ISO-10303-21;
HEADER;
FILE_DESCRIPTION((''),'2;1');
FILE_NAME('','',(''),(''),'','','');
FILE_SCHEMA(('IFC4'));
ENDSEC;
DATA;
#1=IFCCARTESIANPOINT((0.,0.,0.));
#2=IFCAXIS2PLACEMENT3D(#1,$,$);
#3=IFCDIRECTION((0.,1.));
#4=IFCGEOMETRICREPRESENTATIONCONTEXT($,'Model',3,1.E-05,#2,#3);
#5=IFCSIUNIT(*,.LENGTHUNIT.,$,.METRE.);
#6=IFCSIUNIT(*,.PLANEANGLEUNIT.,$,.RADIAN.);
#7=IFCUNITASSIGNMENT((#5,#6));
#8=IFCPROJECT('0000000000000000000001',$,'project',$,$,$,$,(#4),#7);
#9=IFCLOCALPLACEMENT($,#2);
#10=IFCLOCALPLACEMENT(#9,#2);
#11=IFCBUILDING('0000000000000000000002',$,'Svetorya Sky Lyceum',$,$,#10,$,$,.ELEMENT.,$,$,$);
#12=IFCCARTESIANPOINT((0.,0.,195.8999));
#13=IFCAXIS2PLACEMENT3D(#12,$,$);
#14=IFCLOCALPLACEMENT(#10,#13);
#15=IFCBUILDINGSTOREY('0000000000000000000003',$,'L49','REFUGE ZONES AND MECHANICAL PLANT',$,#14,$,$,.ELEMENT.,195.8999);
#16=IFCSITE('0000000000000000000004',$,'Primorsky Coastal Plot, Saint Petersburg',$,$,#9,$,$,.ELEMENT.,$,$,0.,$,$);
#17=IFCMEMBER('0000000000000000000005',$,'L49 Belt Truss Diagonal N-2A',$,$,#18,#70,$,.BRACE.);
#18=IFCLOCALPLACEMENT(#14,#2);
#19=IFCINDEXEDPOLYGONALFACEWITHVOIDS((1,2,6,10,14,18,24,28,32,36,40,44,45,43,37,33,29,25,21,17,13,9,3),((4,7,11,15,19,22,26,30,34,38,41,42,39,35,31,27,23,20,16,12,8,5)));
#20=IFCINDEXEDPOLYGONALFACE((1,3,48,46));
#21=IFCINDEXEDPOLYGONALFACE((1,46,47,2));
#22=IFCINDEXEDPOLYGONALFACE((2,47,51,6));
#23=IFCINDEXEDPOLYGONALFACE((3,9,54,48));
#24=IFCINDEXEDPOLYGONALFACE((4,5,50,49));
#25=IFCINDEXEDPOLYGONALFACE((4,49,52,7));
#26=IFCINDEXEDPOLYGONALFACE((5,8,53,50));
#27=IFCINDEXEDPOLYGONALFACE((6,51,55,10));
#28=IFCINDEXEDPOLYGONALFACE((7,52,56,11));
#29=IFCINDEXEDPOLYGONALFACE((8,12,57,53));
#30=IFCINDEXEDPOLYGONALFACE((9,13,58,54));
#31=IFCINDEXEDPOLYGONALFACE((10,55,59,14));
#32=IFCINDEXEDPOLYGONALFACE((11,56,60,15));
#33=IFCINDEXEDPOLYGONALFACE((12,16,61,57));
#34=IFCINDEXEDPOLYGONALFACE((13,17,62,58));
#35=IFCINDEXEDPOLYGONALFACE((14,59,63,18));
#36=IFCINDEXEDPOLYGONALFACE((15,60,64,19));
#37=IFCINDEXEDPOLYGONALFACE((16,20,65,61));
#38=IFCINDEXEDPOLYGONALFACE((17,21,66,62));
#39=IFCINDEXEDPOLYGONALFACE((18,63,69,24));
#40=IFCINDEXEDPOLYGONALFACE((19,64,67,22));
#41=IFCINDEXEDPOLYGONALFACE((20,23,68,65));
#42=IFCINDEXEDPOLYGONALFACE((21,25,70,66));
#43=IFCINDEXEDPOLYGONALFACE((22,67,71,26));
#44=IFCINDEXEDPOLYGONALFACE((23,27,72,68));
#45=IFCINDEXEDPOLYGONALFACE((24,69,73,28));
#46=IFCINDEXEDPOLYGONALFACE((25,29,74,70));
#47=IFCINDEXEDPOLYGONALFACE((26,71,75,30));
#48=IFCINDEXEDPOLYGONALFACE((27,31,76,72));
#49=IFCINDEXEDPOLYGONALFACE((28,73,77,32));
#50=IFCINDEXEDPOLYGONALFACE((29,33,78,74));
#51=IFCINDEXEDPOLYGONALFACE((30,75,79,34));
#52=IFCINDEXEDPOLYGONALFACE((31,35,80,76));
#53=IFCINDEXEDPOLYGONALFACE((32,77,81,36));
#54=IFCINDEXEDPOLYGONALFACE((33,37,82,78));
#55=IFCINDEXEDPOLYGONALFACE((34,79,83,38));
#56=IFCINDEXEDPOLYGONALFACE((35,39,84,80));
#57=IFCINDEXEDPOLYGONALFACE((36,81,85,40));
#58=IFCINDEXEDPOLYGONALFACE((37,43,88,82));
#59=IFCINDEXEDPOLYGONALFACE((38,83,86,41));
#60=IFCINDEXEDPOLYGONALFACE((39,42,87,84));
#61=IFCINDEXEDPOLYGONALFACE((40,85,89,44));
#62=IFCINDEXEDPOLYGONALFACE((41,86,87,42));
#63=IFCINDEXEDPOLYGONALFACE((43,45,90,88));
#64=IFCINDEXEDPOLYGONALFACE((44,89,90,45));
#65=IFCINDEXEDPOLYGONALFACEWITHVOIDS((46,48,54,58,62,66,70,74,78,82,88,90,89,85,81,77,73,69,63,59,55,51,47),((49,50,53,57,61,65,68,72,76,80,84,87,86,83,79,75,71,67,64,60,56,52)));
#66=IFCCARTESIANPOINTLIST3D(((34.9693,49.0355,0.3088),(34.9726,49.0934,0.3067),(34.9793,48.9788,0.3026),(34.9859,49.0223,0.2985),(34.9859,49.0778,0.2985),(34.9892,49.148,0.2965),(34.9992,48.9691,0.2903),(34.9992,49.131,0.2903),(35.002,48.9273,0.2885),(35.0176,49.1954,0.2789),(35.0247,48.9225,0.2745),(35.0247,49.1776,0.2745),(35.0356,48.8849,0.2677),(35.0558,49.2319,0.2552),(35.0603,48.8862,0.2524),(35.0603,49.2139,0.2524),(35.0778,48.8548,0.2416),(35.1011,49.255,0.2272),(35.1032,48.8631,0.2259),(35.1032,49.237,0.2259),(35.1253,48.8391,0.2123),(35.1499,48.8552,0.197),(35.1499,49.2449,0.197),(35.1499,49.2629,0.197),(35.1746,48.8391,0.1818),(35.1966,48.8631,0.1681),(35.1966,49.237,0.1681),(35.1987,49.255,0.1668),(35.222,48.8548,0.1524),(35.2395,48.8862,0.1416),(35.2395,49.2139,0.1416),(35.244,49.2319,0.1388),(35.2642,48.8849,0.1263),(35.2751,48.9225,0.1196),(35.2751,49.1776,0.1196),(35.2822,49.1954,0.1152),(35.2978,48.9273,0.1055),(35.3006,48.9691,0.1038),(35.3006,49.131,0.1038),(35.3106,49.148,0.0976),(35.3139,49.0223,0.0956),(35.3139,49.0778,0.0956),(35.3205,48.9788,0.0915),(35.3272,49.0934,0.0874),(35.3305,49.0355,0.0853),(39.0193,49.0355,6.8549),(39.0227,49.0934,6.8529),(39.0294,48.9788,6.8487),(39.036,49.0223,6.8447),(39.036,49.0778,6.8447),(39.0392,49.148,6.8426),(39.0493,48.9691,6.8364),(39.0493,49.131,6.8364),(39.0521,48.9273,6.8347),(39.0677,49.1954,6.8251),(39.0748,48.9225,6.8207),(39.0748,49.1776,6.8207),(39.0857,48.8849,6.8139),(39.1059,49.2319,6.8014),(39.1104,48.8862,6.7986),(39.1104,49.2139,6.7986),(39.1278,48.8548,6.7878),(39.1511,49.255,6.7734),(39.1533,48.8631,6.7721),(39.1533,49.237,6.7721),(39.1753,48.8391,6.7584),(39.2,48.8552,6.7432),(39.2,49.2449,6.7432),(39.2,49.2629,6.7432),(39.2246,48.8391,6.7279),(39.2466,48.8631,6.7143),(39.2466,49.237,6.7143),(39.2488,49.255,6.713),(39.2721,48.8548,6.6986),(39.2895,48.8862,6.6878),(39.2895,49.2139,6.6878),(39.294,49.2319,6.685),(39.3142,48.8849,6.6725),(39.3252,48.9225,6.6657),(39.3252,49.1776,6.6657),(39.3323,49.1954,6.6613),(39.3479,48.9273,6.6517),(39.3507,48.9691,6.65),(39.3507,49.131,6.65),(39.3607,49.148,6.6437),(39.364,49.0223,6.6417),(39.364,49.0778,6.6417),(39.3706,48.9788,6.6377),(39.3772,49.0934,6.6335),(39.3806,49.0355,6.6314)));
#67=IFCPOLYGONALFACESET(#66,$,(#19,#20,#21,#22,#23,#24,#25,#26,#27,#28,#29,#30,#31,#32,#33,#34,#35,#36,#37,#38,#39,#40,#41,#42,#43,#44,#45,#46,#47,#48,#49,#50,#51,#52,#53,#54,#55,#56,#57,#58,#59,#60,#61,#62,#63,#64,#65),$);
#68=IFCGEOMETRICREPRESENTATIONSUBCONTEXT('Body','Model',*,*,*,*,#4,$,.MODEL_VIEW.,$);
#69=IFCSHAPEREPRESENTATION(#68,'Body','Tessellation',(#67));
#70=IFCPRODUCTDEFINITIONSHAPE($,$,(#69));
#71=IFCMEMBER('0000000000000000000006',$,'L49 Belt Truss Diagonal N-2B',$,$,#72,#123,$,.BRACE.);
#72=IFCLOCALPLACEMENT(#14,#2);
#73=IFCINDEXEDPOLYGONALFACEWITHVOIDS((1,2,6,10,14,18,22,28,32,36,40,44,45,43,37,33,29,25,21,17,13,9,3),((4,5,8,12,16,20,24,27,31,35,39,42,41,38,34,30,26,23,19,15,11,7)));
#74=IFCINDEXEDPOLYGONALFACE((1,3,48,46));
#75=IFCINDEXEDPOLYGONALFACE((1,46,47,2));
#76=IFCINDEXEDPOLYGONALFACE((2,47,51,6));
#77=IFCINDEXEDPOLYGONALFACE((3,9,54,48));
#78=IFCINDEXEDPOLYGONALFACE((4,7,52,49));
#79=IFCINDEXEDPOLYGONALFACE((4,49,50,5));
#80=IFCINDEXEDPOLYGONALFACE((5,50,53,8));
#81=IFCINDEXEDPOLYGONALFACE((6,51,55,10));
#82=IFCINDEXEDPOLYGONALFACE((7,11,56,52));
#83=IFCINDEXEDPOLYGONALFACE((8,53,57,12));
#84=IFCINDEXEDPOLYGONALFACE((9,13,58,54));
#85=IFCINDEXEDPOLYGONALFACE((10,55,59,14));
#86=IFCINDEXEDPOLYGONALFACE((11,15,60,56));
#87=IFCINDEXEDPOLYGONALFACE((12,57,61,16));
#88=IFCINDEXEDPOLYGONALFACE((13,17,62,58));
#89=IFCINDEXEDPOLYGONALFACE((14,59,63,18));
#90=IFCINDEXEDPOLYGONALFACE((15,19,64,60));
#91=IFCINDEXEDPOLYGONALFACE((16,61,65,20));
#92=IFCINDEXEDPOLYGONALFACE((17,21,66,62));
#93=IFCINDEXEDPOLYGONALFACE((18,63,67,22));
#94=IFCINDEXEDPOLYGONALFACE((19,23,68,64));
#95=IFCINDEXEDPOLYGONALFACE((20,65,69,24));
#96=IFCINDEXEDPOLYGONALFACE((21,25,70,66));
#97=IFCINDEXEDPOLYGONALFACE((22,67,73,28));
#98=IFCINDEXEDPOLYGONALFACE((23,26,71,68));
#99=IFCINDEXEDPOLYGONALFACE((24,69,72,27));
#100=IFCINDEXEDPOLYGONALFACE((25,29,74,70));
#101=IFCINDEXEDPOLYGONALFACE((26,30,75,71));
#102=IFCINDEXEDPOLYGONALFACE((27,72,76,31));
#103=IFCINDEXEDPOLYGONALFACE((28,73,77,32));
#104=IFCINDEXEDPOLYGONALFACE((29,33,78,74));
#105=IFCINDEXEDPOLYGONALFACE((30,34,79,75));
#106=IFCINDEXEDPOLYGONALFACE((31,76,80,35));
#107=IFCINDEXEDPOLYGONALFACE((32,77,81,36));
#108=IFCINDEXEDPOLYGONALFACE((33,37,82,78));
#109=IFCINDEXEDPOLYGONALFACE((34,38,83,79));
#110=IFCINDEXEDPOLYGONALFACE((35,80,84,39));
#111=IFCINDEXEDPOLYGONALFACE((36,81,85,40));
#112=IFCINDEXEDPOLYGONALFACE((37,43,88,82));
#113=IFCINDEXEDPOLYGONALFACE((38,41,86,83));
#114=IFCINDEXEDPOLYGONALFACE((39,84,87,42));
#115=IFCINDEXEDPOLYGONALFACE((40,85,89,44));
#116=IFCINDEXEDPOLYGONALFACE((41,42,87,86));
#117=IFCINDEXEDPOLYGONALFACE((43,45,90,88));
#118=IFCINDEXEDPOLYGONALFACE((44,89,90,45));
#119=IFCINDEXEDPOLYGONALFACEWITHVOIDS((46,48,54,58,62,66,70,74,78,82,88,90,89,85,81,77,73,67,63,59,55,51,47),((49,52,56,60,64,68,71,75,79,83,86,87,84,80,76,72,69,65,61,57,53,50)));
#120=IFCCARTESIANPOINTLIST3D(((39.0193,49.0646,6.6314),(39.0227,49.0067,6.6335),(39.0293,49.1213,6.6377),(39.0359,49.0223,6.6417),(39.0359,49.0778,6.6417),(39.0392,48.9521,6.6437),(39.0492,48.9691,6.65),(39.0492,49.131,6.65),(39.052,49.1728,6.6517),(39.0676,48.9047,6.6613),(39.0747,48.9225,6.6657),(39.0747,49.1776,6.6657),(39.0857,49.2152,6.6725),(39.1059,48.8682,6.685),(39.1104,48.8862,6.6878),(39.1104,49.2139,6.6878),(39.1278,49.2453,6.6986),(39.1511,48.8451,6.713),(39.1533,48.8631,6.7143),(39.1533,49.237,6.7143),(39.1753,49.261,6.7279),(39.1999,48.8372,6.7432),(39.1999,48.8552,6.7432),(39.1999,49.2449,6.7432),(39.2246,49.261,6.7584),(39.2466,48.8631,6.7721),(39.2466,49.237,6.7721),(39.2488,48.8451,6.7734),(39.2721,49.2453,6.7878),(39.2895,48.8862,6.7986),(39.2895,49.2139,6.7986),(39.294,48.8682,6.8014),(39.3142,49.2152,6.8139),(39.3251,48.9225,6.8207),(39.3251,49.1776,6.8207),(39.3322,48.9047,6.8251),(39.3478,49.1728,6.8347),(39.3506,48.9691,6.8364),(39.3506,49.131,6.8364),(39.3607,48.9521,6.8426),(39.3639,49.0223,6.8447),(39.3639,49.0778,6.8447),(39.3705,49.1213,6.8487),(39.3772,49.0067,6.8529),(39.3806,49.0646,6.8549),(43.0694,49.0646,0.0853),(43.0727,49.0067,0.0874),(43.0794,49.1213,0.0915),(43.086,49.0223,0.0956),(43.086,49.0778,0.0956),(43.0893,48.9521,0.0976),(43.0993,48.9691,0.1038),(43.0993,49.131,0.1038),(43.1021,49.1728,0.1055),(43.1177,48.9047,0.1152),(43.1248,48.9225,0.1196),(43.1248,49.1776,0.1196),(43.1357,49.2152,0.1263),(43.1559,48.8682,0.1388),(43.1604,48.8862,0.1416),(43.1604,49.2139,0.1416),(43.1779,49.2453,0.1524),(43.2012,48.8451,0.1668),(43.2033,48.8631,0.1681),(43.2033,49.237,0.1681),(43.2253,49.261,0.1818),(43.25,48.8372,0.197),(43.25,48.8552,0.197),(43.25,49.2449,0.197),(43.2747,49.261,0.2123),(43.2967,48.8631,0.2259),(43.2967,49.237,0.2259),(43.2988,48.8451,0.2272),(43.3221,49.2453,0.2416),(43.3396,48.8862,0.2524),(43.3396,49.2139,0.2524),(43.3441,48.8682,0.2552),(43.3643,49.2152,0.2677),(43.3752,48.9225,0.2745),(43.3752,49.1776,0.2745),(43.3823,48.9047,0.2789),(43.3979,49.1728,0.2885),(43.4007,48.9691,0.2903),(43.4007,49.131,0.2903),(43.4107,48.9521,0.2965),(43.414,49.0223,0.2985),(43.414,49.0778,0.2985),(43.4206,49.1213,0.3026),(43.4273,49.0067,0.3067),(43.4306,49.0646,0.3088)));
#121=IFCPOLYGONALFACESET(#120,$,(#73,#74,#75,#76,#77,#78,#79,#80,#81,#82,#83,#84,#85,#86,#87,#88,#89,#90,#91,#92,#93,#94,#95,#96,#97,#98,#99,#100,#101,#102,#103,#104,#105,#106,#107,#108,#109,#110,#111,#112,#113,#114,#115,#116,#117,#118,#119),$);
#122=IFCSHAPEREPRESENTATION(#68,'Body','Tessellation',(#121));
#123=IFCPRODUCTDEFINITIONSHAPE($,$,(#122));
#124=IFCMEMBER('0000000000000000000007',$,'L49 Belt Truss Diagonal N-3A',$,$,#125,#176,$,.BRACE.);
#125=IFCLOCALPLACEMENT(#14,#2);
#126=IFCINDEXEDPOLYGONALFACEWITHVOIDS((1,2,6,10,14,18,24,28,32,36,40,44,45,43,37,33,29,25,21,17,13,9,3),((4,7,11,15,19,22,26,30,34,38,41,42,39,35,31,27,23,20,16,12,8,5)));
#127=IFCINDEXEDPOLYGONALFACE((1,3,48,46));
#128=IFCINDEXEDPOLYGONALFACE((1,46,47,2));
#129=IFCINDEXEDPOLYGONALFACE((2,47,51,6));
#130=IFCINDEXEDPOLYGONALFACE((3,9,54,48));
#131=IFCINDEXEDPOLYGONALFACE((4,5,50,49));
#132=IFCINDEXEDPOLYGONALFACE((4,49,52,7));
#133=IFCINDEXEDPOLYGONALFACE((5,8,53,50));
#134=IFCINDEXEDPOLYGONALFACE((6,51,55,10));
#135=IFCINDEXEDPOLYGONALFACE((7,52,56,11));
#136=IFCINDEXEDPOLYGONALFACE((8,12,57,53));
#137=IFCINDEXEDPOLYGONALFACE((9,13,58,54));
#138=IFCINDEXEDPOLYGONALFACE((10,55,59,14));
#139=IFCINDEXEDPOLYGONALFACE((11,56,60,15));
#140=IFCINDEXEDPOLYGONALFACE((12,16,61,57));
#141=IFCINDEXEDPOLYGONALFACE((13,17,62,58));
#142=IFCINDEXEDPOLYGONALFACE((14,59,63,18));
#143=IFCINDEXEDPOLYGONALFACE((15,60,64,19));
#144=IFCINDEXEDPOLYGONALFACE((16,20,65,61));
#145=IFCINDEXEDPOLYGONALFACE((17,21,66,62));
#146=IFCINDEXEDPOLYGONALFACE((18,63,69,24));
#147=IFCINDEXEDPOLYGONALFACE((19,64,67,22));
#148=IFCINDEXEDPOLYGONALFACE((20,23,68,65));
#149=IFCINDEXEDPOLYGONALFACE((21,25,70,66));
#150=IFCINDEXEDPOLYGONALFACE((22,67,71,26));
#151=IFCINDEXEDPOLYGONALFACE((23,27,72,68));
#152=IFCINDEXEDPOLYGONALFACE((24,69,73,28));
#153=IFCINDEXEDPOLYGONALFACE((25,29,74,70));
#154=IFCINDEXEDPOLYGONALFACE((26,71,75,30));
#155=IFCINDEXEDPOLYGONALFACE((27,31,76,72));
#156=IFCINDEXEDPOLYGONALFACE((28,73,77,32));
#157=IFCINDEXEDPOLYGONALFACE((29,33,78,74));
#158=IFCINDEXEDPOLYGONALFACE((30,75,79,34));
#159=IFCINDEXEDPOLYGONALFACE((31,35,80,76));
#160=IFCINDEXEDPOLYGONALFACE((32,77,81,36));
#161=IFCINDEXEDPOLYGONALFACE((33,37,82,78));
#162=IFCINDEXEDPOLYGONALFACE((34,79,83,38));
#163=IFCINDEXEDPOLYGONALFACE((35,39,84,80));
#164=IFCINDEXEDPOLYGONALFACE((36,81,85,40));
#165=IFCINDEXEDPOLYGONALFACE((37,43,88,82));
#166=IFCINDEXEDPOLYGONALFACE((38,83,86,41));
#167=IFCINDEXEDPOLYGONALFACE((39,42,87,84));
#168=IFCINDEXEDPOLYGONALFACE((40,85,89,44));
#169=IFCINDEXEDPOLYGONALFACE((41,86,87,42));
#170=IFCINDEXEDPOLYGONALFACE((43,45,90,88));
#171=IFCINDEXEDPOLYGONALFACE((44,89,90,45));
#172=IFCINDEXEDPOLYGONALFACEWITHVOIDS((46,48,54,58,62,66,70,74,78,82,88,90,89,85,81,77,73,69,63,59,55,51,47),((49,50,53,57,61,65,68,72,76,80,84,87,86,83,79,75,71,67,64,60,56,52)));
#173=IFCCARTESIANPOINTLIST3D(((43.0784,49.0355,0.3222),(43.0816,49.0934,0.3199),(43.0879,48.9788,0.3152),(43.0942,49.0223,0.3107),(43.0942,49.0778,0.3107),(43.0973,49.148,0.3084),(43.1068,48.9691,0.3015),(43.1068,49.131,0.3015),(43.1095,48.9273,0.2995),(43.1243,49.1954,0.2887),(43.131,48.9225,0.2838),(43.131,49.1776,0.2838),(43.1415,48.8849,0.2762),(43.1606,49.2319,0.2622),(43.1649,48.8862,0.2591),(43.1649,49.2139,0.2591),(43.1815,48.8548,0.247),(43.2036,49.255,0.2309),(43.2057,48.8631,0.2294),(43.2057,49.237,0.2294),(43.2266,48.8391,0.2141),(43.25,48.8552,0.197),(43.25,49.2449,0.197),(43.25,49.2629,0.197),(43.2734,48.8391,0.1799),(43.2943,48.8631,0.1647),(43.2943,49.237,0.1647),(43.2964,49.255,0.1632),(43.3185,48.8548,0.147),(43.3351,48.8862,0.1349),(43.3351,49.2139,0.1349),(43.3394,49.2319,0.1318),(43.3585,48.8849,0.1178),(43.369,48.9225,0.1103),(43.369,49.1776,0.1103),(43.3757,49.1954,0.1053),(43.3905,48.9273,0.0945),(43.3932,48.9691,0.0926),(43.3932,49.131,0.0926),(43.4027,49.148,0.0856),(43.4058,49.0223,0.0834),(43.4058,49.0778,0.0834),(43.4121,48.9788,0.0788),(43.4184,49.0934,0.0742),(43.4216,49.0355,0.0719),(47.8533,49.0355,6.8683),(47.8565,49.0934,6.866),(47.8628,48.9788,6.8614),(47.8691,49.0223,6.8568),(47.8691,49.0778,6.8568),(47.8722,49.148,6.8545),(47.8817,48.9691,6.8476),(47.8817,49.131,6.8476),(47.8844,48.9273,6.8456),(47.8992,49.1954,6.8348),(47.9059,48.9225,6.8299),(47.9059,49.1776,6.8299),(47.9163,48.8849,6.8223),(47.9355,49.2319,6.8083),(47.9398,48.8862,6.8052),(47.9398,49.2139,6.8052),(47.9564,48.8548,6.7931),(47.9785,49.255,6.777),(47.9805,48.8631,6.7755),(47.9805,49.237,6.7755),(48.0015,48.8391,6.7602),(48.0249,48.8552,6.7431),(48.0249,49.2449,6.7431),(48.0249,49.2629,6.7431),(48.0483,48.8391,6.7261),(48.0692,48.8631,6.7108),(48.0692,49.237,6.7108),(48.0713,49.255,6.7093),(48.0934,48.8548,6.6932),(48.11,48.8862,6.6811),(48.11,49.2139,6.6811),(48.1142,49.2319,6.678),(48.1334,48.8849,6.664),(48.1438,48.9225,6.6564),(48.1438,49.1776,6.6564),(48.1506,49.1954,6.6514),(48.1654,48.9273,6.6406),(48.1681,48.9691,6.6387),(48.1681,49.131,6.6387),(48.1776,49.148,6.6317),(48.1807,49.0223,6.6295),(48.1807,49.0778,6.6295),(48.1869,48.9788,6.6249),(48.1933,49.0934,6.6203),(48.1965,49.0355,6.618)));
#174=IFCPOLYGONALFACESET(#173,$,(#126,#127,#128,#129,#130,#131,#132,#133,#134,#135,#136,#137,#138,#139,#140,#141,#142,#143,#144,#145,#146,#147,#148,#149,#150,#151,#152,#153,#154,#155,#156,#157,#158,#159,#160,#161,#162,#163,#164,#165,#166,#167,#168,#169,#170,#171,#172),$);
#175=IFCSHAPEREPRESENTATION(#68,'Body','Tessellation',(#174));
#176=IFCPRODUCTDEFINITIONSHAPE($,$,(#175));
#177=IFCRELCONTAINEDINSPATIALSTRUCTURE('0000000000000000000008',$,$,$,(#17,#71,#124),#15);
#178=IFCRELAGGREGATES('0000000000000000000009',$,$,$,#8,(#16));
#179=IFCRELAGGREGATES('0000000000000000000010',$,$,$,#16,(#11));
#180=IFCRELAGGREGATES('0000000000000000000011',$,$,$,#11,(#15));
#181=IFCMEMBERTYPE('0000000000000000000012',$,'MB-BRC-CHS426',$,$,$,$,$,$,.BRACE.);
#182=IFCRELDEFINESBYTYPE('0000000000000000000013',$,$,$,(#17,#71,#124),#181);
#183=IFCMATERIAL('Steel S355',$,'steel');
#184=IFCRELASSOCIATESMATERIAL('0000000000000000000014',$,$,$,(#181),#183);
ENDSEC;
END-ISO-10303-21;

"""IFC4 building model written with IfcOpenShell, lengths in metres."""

from ifc_helpers import new_model, si_unit, direction, frame, origin, origin_2d, place, context, subcontext, project, spatial, hollow_circle, extrude, material, material_profile, profile_set, type_object, element, save


model = new_model("IFC4")

# Units and contexts
model_context = context("Model", 3, precision=1e-05, world=origin(), true_north=direction((0.0, 1.0)))
body_context = subcontext(model_context, "Body", "Model", "MODEL_VIEW")
ifc_project = project(units=[si_unit("LENGTHUNIT", "METRE"), si_unit("PLANEANGLEUNIT", "RADIAN")], contexts=[model_context])

# Site, building, storey
site_placement = place(None, origin())
site = spatial("IfcSite", under=ifc_project, at=site_placement, Name="Primorsky Coastal Plot, Saint Petersburg", CompositionType="ELEMENT", RefElevation=0.0)
building_placement = place(site_placement, origin())
building = spatial("IfcBuilding", under=site, at=building_placement, Name="Svetorya Sky Lyceum", CompositionType="ELEMENT")
storey_placement = place(building_placement, frame((0.0, 0.0, 195.8999)))
storey = spatial("IfcBuildingStorey", under=building, at=storey_placement, Name="L49", Description="REFUGE ZONES AND MECHANICAL PLANT", CompositionType="ELEMENT", Elevation=195.8999)

# Shared definitions
ifc_material_1 = material(Name="Steel S355", Category="steel")

# Members
ifc_material_profile_1 = material_profile(ifc_material_1, hollow_circle(Radius=0.2129, WallThickness=0.0181, at=origin_2d()), Name="CHS 426x18")
ifc_profile_set_1 = profile_set([ifc_material_profile_1], Name="Steel S355")
member_type_1 = type_object("IfcMemberType", Name="MB-BRC-CHS426", PredefinedType="BRACE", material=ifc_profile_set_1)
for number, where, z_axis, x_axis, name in (
    (1, (35.1499, 49.05, 0.197), (0.526136, 0.0, 0.8504), (0.0, 1.0, 0.0), "L49 Belt Truss Diagonal N-2A"),
    (2, (43.25, 49.05, 0.197), (-0.526136, 0.0, 0.8504), (0.0, -1.0, 0.0), "L49 Belt Truss Diagonal N-2B"),
):
    element("IfcMember", number, at=place(storey_placement, frame(where, z_axis=z_axis, x_axis=x_axis)), inside=storey, type_object=member_type_1, Name=name, PredefinedType="BRACE", context=body_context, shape_type="SweptSolid", body=[
        extrude(hollow_circle(Radius=0.2129, WallThickness=0.0181, at=origin_2d()), origin(), (0.0, 0.0, 1.0), 7.6978),
    ])
member_1_placement = place(storey_placement, frame((43.25, 49.05, 0.197), z_axis=(0.589307, 0.0, 0.807909), x_axis=(0.0, 1.0, 0.0)))
element("IfcMember", 3, at=member_1_placement, inside=storey, type_object=member_type_1, Name="L49 Belt Truss Diagonal N-3A", PredefinedType="BRACE", context=body_context, shape_type="SweptSolid", body=[
    extrude(hollow_circle(Radius=0.2129, WallThickness=0.0181, at=origin_2d()), origin(), (0.0, 0.0, 1.0), 8.1025),
])

save(model, "model.ifc")
